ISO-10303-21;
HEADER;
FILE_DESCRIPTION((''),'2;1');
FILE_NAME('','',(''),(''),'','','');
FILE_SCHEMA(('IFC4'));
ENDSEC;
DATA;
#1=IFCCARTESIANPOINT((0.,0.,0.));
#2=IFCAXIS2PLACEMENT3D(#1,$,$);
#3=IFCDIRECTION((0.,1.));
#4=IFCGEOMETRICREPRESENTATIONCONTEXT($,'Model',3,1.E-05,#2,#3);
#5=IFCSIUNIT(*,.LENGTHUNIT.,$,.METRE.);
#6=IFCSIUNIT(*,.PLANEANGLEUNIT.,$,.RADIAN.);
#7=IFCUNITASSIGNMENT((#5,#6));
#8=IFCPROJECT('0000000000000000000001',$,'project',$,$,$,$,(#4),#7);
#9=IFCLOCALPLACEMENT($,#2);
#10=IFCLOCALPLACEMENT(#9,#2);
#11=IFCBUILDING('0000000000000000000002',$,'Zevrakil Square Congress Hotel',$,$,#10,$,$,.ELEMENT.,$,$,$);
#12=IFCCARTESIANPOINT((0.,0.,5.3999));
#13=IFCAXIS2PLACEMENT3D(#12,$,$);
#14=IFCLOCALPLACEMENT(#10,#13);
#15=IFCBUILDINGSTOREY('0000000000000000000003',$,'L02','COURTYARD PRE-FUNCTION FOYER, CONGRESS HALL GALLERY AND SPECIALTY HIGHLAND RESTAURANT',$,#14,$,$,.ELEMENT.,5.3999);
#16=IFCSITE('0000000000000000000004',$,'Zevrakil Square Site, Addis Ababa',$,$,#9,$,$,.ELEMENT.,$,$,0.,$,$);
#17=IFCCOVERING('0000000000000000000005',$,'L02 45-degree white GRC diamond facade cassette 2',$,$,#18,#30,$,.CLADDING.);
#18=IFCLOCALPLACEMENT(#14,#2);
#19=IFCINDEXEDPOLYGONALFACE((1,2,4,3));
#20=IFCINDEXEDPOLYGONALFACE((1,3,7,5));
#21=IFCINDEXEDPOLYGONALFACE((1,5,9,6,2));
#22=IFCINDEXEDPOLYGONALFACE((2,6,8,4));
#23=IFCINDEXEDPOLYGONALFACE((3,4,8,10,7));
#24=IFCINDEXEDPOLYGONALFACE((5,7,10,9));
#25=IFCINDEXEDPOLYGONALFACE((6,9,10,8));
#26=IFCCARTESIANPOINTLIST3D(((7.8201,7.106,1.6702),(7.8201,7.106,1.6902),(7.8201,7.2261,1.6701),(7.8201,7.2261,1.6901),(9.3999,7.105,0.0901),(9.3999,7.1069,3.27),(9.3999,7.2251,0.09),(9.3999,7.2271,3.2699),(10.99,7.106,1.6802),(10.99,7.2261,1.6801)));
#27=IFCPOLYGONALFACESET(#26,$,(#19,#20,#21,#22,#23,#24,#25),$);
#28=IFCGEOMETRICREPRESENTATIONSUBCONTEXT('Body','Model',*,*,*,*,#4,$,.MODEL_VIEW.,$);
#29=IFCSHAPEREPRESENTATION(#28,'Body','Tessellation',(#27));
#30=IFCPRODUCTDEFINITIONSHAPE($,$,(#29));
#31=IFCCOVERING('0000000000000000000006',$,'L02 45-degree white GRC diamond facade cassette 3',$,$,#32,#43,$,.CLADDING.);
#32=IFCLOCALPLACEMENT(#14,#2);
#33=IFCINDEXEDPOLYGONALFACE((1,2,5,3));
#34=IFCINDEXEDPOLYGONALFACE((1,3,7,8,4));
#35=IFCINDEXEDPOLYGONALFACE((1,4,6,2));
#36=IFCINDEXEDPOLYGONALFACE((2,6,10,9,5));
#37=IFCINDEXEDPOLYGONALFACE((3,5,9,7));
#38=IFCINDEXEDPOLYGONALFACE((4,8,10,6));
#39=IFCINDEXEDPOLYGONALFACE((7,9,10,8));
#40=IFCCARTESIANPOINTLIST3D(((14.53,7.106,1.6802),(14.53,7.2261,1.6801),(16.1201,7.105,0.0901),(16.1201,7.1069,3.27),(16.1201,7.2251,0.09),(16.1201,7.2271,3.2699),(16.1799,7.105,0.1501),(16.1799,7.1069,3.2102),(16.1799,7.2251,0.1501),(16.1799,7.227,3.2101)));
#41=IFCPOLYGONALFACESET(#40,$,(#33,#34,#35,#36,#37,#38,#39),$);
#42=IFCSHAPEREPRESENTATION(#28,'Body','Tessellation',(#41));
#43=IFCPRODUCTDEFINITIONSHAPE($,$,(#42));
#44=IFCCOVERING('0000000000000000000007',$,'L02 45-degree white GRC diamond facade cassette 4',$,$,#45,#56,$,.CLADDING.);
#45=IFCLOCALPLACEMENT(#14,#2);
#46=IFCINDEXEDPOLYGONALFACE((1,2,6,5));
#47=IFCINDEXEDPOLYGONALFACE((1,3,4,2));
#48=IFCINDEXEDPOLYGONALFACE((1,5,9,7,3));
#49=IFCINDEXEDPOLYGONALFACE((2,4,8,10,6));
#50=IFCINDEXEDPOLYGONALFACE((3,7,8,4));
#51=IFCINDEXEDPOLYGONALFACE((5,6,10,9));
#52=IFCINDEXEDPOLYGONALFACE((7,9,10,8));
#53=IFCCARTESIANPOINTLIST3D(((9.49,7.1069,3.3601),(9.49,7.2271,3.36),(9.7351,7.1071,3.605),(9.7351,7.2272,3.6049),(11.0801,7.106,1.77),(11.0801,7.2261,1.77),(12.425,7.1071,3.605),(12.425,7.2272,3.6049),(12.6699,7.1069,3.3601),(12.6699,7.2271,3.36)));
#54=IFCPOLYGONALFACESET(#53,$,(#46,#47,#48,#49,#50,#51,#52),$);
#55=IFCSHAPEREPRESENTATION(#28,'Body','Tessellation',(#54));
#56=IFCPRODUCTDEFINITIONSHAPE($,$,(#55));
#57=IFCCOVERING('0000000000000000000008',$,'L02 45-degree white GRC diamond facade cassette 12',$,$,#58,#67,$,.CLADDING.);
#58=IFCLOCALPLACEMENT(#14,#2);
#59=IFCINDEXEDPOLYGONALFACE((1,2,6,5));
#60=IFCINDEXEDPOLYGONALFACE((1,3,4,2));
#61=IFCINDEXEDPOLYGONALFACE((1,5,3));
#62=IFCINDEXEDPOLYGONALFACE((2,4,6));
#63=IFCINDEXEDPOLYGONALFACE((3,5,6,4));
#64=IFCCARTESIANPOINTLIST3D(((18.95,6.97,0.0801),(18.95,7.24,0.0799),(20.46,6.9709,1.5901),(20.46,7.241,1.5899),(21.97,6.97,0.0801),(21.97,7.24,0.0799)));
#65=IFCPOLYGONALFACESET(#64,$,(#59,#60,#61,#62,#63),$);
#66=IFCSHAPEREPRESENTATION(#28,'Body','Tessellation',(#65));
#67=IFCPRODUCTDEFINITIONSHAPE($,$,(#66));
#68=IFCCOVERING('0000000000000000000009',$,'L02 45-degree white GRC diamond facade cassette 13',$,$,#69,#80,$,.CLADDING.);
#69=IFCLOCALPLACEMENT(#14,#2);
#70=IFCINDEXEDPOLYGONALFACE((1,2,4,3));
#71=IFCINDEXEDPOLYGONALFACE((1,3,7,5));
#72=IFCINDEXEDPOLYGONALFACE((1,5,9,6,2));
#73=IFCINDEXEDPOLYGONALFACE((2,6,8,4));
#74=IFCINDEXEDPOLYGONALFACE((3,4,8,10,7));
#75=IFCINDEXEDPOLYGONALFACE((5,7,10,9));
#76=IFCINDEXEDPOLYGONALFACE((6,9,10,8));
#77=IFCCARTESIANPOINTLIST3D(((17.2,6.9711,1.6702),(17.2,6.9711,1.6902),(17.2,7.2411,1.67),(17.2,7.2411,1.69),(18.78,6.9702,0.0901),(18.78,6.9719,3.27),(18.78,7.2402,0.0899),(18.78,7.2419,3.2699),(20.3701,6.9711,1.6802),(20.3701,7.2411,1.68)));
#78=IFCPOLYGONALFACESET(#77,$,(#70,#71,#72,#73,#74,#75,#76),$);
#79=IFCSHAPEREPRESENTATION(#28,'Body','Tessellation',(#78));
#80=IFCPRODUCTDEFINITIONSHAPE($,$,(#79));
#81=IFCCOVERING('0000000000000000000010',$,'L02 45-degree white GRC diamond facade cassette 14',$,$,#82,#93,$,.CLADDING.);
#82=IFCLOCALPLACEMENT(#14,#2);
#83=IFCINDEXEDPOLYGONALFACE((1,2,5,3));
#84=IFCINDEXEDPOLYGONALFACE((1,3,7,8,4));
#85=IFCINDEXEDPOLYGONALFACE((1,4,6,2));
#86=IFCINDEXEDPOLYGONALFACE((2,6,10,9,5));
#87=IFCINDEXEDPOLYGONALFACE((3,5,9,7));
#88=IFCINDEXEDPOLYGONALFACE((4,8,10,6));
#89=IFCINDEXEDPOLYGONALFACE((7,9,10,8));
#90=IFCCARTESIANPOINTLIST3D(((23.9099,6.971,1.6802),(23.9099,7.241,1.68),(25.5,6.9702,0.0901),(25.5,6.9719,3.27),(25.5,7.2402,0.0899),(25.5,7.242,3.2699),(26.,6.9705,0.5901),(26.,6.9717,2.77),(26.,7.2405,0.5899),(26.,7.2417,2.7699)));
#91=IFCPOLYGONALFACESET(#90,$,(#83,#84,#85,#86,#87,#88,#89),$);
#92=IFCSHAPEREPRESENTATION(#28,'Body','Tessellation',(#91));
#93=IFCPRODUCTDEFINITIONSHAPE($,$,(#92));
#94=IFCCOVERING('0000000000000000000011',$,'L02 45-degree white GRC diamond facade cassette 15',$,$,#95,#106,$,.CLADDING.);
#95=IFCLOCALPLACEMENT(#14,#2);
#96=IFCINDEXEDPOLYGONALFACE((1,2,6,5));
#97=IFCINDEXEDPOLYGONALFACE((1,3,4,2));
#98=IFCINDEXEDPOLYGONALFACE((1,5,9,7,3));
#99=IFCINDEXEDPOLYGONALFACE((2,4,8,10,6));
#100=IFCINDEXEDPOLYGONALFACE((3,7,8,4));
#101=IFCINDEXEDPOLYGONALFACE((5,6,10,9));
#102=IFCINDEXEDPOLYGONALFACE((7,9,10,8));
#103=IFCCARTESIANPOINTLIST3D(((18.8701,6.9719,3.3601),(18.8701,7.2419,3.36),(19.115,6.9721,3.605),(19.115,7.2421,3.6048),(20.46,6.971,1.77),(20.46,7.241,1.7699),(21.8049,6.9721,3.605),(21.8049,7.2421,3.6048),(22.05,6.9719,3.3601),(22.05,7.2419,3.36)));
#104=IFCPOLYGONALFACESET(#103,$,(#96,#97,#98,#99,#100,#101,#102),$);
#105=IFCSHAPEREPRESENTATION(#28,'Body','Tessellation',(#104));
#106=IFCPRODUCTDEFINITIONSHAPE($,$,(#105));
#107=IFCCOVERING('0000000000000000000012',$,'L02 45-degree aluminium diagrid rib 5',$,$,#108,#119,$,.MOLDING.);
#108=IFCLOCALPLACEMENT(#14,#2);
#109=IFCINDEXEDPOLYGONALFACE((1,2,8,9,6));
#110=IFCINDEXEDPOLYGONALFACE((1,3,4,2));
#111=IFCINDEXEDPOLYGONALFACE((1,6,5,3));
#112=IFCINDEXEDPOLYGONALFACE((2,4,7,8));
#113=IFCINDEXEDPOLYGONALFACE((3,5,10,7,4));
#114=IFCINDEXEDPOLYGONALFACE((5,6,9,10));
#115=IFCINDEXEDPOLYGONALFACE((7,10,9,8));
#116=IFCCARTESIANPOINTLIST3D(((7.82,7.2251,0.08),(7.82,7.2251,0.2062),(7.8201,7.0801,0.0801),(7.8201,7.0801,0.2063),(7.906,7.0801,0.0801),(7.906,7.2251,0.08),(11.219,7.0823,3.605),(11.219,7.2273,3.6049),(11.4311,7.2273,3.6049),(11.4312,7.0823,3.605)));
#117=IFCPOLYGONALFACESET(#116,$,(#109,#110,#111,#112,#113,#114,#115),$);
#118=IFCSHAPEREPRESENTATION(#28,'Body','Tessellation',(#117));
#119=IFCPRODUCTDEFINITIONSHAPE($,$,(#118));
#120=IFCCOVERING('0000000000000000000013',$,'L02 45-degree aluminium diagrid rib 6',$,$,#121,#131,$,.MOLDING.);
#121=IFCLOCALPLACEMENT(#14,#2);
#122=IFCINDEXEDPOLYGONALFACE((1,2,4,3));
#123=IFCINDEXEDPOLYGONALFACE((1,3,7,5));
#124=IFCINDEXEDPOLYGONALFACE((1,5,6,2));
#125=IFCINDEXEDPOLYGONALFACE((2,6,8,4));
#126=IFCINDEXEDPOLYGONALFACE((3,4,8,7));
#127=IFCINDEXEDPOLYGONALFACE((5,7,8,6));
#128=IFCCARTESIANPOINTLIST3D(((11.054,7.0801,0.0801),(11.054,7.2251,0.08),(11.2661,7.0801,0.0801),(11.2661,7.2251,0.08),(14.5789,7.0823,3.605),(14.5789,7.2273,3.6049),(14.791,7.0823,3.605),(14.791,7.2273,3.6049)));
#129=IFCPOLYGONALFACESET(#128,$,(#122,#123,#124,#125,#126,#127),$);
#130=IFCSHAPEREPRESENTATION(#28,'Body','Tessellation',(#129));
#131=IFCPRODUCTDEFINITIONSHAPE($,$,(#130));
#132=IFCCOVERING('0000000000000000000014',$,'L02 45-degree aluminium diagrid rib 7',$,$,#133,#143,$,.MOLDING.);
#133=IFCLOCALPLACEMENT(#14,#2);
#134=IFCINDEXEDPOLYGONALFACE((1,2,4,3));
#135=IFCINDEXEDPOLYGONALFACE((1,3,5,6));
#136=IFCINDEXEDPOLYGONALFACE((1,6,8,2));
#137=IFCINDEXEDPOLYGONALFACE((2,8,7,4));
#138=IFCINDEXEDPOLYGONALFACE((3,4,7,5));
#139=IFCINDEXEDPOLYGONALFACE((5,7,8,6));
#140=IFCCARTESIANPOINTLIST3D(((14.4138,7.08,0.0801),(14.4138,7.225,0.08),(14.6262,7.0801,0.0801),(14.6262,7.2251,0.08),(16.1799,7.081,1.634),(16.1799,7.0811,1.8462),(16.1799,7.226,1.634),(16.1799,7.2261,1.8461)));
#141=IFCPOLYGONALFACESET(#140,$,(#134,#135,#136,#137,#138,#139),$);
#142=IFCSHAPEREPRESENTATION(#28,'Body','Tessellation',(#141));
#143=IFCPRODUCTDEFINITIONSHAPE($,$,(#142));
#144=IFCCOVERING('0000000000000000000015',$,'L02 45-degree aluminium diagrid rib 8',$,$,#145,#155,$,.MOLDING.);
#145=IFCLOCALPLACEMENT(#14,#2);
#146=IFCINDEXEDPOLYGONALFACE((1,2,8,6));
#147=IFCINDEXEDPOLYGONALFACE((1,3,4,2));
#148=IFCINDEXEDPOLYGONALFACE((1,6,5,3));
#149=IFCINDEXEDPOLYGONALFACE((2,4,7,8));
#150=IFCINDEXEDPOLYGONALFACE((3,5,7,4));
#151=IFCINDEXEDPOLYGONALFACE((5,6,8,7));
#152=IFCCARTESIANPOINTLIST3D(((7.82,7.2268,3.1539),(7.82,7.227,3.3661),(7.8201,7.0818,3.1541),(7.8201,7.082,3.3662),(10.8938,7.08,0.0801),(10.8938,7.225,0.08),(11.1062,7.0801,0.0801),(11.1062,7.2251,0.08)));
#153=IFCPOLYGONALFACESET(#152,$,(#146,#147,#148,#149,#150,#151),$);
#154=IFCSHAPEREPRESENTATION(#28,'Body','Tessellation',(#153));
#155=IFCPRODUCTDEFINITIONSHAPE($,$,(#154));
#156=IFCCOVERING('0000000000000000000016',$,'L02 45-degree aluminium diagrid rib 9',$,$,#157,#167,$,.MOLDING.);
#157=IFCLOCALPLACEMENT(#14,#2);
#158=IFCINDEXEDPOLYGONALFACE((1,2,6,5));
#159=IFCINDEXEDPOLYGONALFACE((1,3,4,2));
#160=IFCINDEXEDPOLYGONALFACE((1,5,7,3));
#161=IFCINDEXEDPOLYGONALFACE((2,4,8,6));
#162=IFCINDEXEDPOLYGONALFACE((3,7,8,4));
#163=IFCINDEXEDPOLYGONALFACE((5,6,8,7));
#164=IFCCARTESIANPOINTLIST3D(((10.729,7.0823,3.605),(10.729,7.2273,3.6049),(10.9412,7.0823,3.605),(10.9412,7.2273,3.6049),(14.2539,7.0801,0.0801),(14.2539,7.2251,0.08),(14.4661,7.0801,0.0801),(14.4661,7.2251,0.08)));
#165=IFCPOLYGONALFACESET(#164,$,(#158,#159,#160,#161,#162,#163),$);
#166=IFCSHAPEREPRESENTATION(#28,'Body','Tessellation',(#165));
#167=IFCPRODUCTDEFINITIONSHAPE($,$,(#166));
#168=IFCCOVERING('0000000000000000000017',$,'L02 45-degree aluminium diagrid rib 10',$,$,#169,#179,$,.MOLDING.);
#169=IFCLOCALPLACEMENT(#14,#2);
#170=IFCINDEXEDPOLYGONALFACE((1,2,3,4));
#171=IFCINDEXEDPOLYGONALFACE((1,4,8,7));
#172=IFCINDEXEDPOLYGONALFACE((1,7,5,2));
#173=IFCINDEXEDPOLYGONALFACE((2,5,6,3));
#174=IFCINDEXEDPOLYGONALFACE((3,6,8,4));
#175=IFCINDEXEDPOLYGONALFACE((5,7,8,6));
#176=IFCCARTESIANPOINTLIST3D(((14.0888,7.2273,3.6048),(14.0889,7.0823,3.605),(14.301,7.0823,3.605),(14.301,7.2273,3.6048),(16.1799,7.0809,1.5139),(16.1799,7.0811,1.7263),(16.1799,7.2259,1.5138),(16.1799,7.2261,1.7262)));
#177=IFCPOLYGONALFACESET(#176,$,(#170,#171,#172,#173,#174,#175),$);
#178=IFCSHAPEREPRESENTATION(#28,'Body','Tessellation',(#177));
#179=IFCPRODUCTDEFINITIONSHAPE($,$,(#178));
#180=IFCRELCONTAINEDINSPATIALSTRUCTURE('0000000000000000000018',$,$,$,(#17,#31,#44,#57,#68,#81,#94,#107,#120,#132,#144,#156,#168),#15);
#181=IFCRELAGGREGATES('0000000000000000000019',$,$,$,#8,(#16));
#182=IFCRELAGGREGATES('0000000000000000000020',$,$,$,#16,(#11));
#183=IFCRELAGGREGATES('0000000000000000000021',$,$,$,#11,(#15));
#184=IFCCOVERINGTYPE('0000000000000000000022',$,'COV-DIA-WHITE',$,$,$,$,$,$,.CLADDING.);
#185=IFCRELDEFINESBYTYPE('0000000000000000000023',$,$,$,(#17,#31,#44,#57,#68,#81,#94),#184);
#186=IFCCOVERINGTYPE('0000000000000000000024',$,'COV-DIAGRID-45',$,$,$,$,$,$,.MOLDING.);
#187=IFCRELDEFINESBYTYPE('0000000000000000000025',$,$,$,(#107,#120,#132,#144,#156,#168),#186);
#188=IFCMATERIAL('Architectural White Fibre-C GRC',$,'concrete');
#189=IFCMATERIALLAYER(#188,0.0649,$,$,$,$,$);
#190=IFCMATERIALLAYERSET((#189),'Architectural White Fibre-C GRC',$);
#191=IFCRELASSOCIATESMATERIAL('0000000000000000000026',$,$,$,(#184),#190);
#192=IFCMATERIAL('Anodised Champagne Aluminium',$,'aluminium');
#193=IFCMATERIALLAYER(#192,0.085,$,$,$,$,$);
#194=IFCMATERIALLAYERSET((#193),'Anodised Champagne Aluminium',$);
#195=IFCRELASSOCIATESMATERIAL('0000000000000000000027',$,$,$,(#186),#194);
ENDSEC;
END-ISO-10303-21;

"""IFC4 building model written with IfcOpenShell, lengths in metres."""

from ifc_helpers import new_model, si_unit, direction, frame, origin, place, context, subcontext, project, spatial, polyline, outline, extrude, material, layer, layer_set, type_object, element, save


model = new_model("IFC4")

# Units and contexts
model_context = context("Model", 3, precision=1e-05, world=origin(), true_north=direction((0.0, 1.0)))
body_context = subcontext(model_context, "Body", "Model", "MODEL_VIEW")
ifc_project = project(units=[si_unit("LENGTHUNIT", "METRE"), si_unit("PLANEANGLEUNIT", "RADIAN")], contexts=[model_context])

# Site, building, storey
site_placement = place(None, origin())
site = spatial("IfcSite", under=ifc_project, at=site_placement, Name="Zevrakil Square Site, Addis Ababa", CompositionType="ELEMENT", RefElevation=0.0)
building_placement = place(site_placement, origin())
building = spatial("IfcBuilding", under=site, at=building_placement, Name="Zevrakil Square Congress Hotel", CompositionType="ELEMENT")
storey_placement = place(building_placement, frame((0.0, 0.0, 5.3999)))
storey = spatial("IfcBuildingStorey", under=building, at=storey_placement, Name="L02", Description="COURTYARD PRE-FUNCTION FOYER, CONGRESS HALL GALLERY AND SPECIALTY HIGHLAND RESTAURANT", CompositionType="ELEMENT", Elevation=5.3999)

# Coverings
ifc_material_1 = material(Name="Architectural White Fibre-C GRC", Category="concrete")
ifc_layer_1 = layer(ifc_material_1, 0.0649)
ifc_layer_set_1 = layer_set([ifc_layer_1], Name="Architectural White Fibre-C GRC")
covering_type_1 = type_object("IfcCoveringType", Name="COV-DIA-WHITE", PredefinedType="CLADDING", material=ifc_layer_set_1)
covering_1_placement = place(storey_placement, frame((9.3999, 7.1069, 3.27), z_axis=(0.0, -1.0, 0.000612), x_axis=(0.707161, -0.000433, -0.707052)))
element("IfcCovering", 1, at=covering_1_placement, inside=storey, type_object=covering_type_1, Name="L02 45-degree white GRC diamond facade cassette 2", PredefinedType="CLADDING", context=body_context, shape_type="SweptSolid", body=[
    extrude(outline(polyline([(0.0, 0.0), (2.2486, 0.0), (2.2484, -2.2487), (0.014, -2.2484), (-0.0002, -2.2342), (0.0, 0.0)])), origin(), (0.0, 0.0, -1.0), 0.1201),
])
covering_2_placement = place(storey_placement, frame((16.1201, 7.105, 0.0901), z_axis=(0.0, -1.0, 0.000615), x_axis=(-0.707107, 0.000435, 0.707107)))
element("IfcCovering", 2, at=covering_2_placement, inside=storey, type_object=covering_type_1, Name="L02 45-degree white GRC diamond facade cassette 3", PredefinedType="CLADDING", context=body_context, shape_type="SweptSolid", body=[
    extrude(outline(polyline([(0.0, 0.0), (2.2487, 0.0), (2.2486, -2.2486), (2.164, -2.2486), (0.0002, -0.0848), (0.0, 0.0)])), origin(), (0.0, 0.0, -1.0), 0.1201),
])
covering_3_placement = place(storey_placement, frame((12.6699, 7.1069, 3.3601), z_axis=(0.0, -1.0, 0.000579), x_axis=(-0.707052, -0.00041, -0.707161)))
element("IfcCovering", 3, at=covering_3_placement, inside=storey, type_object=covering_type_1, Name="L02 45-degree white GRC diamond facade cassette 4", PredefinedType="CLADDING", context=body_context, shape_type="SweptSolid", body=[
    extrude(outline(polyline([(0.0, 0.0), (2.2486, 0.0), (2.2484, -2.2487), (1.9019, -2.2485), (0.0, -0.3463), (0.0, 0.0)])), origin(), (0.0, 0.0, -1.0), 0.1201),
])
covering_4_placement = place(storey_placement, frame((20.46, 6.9709, 1.5901), z_axis=(0.0, -1.0, 0.000647), x_axis=(0.707107, -0.000457, -0.707107)))
element("IfcCovering", 4, at=covering_4_placement, inside=storey, type_object=covering_type_1, Name="L02 45-degree white GRC diamond facade cassette 12", PredefinedType="CLADDING", context=body_context, shape_type="SweptSolid", body=[
    extrude(outline(polyline([(0.0, 0.0), (2.1355, 0.0), (0.0, -2.1355), (0.0, 0.0)])), origin(), (0.0, 0.0, -1.0), 0.27),
])
covering_5_placement = place(storey_placement, frame((18.78, 6.9719, 3.27), z_axis=(0.0, -1.0, 0.000536), x_axis=(0.707161, -0.000379, -0.707052)))
element("IfcCovering", 5, at=covering_5_placement, inside=storey, type_object=covering_type_1, Name="L02 45-degree white GRC diamond facade cassette 13", PredefinedType="CLADDING", context=body_context, shape_type="SweptSolid", body=[
    extrude(outline(polyline([(0.0, 0.0), (2.2486, 0.0), (2.2484, -2.2487), (0.0138, -2.2486), (-0.0003, -2.2344), (0.0, 0.0)])), origin(), (0.0, 0.0, -1.0), 0.27),
])
covering_6_placement = place(storey_placement, frame((25.5, 6.9702, 0.0901), z_axis=(0.00005, -1.0, 0.000541), x_axis=(-0.707107, 0.000347, 0.707107)))
element("IfcCovering", 6, at=covering_6_placement, inside=storey, type_object=covering_type_1, Name="L02 45-degree white GRC diamond facade cassette 14", PredefinedType="CLADDING", context=body_context, shape_type="SweptSolid", body=[
    extrude(outline(polyline([(0.0, 0.0), (2.2487, 0.0), (2.2486, -2.2486), (1.5414, -2.2486), (0.0, -0.7071), (0.0, 0.0)])), origin(), (0.0, 0.0, -1.0), 0.27),
])
covering_7_placement = place(storey_placement, frame((22.05, 6.9719, 3.3601), z_axis=(0.0, -1.0, 0.000579), x_axis=(-0.707107, -0.00041, -0.707107)))
element("IfcCovering", 7, at=covering_7_placement, inside=storey, type_object=covering_type_1, Name="L02 45-degree white GRC diamond facade cassette 15", PredefinedType="CLADDING", context=body_context, shape_type="SweptSolid", body=[
    extrude(outline(polyline([(0.0, 0.0), (2.2487, 0.0), (2.2486, -2.2486), (1.9022, -2.2486), (0.0002, -0.3465), (0.0, 0.0)])), origin(), (0.0, 0.0, -1.0), 0.27),
])
ifc_material_2 = material(Name="Anodised Champagne Aluminium", Category="aluminium")
ifc_layer_2 = layer(ifc_material_2, 0.085)
ifc_layer_set_2 = layer_set([ifc_layer_2], Name="Anodised Champagne Aluminium")
covering_type_2 = type_object("IfcCoveringType", Name="COV-DIAGRID-45", PredefinedType="MOLDING", material=ifc_layer_set_2)
covering_8_placement = place(storey_placement, frame((7.906, 7.0801, 0.0801), z_axis=(0.000187, -1.0, 0.000443), x_axis=(-1.0, -0.000187, 0.0)))
element("IfcCovering", 8, at=covering_8_placement, inside=storey, type_object=covering_type_2, Name="L02 45-degree aluminium diagrid rib 5", PredefinedType="MOLDING", context=body_context, shape_type="SweptSolid", body=[
    extrude(outline(polyline([(0.0, 0.0), (0.0859, 0.0), (0.0859, -0.1262), (-3.313, -3.5249), (-3.5251, -3.5249), (0.0, 0.0)])), origin(), (0.0, 0.0, -1.0), 0.145),
])
covering_9_placement = place(storey_placement, frame((11.2661, 7.0801, 0.0801), z_axis=(0.0, -1.0, 0.000623), x_axis=(-1.0, 0.0, 0.0)))
element("IfcCovering", 9, at=covering_9_placement, inside=storey, type_object=covering_type_2, Name="L02 45-degree aluminium diagrid rib 6", PredefinedType="MOLDING", context=body_context, shape_type="SweptSolid", body=[
    extrude(outline(polyline([(0.0, 0.0), (0.2122, 0.0), (-3.3127, -3.5249), (-3.5249, -3.5249), (0.0, 0.0)])), origin(), (0.0, 0.0, -1.0), 0.145),
])
covering_10_placement = place(storey_placement, frame((14.6262, 7.0801, 0.0801), z_axis=(0.000294, -1.0, 0.000294), x_axis=(-1.0, -0.000294, 0.0)))
element("IfcCovering", 10, at=covering_10_placement, inside=storey, type_object=covering_type_2, Name="L02 45-degree aluminium diagrid rib 7", PredefinedType="MOLDING", context=body_context, shape_type="SweptSolid", body=[
    extrude(outline(polyline([(0.0, 0.0), (0.2124, 0.0), (-1.5537, -1.7661), (-1.5537, -1.554), (0.0, 0.0)])), origin(), (0.0, 0.0, -1.0), 0.145),
])
covering_11_placement = place(storey_placement, frame((7.8201, 7.0818, 3.1541), z_axis=(0.000287, -1.0, 0.000863), x_axis=(0.0, 0.000863, 1.0)))
element("IfcCovering", 11, at=covering_11_placement, inside=storey, type_object=covering_type_2, Name="L02 45-degree aluminium diagrid rib 8", PredefinedType="MOLDING", context=body_context, shape_type="SweptSolid", body=[
    extrude(outline(polyline([(0.0, 0.0), (0.2122, 0.0), (-3.074, -3.2861), (-3.074, -3.0737), (0.0, 0.0)])), origin(), (0.0, 0.0, -1.0), 0.145),
])
covering_12_placement = place(storey_placement, frame((10.729, 7.0823, 3.605), z_axis=(0.0, -1.0, 0.000623), x_axis=(1.0, 0.0, 0.0)))
element("IfcCovering", 12, at=covering_12_placement, inside=storey, type_object=covering_type_2, Name="L02 45-degree aluminium diagrid rib 9", PredefinedType="MOLDING", context=body_context, shape_type="SweptSolid", body=[
    extrude(outline(polyline([(0.0, 0.0), (0.2122, 0.0), (3.7371, -3.5249), (3.5249, -3.5249), (0.0, 0.0)])), origin(), (0.0, 0.0, -1.0), 0.145),
])
covering_13_placement = place(storey_placement, frame((14.0889, 7.0823, 3.605), z_axis=(0.000237, -1.0, 0.000913), x_axis=(1.0, 0.000237, 0.0)))
element("IfcCovering", 13, at=covering_13_placement, inside=storey, type_object=covering_type_2, Name="L02 45-degree aluminium diagrid rib 10", PredefinedType="MOLDING", context=body_context, shape_type="SweptSolid", body=[
    extrude(outline(polyline([(0.0, 0.0), (0.2122, 0.0), (2.0911, -1.8787), (2.0911, -2.0911), (0.0, 0.0)])), origin(), (0.0, 0.0, -1.0), 0.145),
])

save(model, "model.ifc")
